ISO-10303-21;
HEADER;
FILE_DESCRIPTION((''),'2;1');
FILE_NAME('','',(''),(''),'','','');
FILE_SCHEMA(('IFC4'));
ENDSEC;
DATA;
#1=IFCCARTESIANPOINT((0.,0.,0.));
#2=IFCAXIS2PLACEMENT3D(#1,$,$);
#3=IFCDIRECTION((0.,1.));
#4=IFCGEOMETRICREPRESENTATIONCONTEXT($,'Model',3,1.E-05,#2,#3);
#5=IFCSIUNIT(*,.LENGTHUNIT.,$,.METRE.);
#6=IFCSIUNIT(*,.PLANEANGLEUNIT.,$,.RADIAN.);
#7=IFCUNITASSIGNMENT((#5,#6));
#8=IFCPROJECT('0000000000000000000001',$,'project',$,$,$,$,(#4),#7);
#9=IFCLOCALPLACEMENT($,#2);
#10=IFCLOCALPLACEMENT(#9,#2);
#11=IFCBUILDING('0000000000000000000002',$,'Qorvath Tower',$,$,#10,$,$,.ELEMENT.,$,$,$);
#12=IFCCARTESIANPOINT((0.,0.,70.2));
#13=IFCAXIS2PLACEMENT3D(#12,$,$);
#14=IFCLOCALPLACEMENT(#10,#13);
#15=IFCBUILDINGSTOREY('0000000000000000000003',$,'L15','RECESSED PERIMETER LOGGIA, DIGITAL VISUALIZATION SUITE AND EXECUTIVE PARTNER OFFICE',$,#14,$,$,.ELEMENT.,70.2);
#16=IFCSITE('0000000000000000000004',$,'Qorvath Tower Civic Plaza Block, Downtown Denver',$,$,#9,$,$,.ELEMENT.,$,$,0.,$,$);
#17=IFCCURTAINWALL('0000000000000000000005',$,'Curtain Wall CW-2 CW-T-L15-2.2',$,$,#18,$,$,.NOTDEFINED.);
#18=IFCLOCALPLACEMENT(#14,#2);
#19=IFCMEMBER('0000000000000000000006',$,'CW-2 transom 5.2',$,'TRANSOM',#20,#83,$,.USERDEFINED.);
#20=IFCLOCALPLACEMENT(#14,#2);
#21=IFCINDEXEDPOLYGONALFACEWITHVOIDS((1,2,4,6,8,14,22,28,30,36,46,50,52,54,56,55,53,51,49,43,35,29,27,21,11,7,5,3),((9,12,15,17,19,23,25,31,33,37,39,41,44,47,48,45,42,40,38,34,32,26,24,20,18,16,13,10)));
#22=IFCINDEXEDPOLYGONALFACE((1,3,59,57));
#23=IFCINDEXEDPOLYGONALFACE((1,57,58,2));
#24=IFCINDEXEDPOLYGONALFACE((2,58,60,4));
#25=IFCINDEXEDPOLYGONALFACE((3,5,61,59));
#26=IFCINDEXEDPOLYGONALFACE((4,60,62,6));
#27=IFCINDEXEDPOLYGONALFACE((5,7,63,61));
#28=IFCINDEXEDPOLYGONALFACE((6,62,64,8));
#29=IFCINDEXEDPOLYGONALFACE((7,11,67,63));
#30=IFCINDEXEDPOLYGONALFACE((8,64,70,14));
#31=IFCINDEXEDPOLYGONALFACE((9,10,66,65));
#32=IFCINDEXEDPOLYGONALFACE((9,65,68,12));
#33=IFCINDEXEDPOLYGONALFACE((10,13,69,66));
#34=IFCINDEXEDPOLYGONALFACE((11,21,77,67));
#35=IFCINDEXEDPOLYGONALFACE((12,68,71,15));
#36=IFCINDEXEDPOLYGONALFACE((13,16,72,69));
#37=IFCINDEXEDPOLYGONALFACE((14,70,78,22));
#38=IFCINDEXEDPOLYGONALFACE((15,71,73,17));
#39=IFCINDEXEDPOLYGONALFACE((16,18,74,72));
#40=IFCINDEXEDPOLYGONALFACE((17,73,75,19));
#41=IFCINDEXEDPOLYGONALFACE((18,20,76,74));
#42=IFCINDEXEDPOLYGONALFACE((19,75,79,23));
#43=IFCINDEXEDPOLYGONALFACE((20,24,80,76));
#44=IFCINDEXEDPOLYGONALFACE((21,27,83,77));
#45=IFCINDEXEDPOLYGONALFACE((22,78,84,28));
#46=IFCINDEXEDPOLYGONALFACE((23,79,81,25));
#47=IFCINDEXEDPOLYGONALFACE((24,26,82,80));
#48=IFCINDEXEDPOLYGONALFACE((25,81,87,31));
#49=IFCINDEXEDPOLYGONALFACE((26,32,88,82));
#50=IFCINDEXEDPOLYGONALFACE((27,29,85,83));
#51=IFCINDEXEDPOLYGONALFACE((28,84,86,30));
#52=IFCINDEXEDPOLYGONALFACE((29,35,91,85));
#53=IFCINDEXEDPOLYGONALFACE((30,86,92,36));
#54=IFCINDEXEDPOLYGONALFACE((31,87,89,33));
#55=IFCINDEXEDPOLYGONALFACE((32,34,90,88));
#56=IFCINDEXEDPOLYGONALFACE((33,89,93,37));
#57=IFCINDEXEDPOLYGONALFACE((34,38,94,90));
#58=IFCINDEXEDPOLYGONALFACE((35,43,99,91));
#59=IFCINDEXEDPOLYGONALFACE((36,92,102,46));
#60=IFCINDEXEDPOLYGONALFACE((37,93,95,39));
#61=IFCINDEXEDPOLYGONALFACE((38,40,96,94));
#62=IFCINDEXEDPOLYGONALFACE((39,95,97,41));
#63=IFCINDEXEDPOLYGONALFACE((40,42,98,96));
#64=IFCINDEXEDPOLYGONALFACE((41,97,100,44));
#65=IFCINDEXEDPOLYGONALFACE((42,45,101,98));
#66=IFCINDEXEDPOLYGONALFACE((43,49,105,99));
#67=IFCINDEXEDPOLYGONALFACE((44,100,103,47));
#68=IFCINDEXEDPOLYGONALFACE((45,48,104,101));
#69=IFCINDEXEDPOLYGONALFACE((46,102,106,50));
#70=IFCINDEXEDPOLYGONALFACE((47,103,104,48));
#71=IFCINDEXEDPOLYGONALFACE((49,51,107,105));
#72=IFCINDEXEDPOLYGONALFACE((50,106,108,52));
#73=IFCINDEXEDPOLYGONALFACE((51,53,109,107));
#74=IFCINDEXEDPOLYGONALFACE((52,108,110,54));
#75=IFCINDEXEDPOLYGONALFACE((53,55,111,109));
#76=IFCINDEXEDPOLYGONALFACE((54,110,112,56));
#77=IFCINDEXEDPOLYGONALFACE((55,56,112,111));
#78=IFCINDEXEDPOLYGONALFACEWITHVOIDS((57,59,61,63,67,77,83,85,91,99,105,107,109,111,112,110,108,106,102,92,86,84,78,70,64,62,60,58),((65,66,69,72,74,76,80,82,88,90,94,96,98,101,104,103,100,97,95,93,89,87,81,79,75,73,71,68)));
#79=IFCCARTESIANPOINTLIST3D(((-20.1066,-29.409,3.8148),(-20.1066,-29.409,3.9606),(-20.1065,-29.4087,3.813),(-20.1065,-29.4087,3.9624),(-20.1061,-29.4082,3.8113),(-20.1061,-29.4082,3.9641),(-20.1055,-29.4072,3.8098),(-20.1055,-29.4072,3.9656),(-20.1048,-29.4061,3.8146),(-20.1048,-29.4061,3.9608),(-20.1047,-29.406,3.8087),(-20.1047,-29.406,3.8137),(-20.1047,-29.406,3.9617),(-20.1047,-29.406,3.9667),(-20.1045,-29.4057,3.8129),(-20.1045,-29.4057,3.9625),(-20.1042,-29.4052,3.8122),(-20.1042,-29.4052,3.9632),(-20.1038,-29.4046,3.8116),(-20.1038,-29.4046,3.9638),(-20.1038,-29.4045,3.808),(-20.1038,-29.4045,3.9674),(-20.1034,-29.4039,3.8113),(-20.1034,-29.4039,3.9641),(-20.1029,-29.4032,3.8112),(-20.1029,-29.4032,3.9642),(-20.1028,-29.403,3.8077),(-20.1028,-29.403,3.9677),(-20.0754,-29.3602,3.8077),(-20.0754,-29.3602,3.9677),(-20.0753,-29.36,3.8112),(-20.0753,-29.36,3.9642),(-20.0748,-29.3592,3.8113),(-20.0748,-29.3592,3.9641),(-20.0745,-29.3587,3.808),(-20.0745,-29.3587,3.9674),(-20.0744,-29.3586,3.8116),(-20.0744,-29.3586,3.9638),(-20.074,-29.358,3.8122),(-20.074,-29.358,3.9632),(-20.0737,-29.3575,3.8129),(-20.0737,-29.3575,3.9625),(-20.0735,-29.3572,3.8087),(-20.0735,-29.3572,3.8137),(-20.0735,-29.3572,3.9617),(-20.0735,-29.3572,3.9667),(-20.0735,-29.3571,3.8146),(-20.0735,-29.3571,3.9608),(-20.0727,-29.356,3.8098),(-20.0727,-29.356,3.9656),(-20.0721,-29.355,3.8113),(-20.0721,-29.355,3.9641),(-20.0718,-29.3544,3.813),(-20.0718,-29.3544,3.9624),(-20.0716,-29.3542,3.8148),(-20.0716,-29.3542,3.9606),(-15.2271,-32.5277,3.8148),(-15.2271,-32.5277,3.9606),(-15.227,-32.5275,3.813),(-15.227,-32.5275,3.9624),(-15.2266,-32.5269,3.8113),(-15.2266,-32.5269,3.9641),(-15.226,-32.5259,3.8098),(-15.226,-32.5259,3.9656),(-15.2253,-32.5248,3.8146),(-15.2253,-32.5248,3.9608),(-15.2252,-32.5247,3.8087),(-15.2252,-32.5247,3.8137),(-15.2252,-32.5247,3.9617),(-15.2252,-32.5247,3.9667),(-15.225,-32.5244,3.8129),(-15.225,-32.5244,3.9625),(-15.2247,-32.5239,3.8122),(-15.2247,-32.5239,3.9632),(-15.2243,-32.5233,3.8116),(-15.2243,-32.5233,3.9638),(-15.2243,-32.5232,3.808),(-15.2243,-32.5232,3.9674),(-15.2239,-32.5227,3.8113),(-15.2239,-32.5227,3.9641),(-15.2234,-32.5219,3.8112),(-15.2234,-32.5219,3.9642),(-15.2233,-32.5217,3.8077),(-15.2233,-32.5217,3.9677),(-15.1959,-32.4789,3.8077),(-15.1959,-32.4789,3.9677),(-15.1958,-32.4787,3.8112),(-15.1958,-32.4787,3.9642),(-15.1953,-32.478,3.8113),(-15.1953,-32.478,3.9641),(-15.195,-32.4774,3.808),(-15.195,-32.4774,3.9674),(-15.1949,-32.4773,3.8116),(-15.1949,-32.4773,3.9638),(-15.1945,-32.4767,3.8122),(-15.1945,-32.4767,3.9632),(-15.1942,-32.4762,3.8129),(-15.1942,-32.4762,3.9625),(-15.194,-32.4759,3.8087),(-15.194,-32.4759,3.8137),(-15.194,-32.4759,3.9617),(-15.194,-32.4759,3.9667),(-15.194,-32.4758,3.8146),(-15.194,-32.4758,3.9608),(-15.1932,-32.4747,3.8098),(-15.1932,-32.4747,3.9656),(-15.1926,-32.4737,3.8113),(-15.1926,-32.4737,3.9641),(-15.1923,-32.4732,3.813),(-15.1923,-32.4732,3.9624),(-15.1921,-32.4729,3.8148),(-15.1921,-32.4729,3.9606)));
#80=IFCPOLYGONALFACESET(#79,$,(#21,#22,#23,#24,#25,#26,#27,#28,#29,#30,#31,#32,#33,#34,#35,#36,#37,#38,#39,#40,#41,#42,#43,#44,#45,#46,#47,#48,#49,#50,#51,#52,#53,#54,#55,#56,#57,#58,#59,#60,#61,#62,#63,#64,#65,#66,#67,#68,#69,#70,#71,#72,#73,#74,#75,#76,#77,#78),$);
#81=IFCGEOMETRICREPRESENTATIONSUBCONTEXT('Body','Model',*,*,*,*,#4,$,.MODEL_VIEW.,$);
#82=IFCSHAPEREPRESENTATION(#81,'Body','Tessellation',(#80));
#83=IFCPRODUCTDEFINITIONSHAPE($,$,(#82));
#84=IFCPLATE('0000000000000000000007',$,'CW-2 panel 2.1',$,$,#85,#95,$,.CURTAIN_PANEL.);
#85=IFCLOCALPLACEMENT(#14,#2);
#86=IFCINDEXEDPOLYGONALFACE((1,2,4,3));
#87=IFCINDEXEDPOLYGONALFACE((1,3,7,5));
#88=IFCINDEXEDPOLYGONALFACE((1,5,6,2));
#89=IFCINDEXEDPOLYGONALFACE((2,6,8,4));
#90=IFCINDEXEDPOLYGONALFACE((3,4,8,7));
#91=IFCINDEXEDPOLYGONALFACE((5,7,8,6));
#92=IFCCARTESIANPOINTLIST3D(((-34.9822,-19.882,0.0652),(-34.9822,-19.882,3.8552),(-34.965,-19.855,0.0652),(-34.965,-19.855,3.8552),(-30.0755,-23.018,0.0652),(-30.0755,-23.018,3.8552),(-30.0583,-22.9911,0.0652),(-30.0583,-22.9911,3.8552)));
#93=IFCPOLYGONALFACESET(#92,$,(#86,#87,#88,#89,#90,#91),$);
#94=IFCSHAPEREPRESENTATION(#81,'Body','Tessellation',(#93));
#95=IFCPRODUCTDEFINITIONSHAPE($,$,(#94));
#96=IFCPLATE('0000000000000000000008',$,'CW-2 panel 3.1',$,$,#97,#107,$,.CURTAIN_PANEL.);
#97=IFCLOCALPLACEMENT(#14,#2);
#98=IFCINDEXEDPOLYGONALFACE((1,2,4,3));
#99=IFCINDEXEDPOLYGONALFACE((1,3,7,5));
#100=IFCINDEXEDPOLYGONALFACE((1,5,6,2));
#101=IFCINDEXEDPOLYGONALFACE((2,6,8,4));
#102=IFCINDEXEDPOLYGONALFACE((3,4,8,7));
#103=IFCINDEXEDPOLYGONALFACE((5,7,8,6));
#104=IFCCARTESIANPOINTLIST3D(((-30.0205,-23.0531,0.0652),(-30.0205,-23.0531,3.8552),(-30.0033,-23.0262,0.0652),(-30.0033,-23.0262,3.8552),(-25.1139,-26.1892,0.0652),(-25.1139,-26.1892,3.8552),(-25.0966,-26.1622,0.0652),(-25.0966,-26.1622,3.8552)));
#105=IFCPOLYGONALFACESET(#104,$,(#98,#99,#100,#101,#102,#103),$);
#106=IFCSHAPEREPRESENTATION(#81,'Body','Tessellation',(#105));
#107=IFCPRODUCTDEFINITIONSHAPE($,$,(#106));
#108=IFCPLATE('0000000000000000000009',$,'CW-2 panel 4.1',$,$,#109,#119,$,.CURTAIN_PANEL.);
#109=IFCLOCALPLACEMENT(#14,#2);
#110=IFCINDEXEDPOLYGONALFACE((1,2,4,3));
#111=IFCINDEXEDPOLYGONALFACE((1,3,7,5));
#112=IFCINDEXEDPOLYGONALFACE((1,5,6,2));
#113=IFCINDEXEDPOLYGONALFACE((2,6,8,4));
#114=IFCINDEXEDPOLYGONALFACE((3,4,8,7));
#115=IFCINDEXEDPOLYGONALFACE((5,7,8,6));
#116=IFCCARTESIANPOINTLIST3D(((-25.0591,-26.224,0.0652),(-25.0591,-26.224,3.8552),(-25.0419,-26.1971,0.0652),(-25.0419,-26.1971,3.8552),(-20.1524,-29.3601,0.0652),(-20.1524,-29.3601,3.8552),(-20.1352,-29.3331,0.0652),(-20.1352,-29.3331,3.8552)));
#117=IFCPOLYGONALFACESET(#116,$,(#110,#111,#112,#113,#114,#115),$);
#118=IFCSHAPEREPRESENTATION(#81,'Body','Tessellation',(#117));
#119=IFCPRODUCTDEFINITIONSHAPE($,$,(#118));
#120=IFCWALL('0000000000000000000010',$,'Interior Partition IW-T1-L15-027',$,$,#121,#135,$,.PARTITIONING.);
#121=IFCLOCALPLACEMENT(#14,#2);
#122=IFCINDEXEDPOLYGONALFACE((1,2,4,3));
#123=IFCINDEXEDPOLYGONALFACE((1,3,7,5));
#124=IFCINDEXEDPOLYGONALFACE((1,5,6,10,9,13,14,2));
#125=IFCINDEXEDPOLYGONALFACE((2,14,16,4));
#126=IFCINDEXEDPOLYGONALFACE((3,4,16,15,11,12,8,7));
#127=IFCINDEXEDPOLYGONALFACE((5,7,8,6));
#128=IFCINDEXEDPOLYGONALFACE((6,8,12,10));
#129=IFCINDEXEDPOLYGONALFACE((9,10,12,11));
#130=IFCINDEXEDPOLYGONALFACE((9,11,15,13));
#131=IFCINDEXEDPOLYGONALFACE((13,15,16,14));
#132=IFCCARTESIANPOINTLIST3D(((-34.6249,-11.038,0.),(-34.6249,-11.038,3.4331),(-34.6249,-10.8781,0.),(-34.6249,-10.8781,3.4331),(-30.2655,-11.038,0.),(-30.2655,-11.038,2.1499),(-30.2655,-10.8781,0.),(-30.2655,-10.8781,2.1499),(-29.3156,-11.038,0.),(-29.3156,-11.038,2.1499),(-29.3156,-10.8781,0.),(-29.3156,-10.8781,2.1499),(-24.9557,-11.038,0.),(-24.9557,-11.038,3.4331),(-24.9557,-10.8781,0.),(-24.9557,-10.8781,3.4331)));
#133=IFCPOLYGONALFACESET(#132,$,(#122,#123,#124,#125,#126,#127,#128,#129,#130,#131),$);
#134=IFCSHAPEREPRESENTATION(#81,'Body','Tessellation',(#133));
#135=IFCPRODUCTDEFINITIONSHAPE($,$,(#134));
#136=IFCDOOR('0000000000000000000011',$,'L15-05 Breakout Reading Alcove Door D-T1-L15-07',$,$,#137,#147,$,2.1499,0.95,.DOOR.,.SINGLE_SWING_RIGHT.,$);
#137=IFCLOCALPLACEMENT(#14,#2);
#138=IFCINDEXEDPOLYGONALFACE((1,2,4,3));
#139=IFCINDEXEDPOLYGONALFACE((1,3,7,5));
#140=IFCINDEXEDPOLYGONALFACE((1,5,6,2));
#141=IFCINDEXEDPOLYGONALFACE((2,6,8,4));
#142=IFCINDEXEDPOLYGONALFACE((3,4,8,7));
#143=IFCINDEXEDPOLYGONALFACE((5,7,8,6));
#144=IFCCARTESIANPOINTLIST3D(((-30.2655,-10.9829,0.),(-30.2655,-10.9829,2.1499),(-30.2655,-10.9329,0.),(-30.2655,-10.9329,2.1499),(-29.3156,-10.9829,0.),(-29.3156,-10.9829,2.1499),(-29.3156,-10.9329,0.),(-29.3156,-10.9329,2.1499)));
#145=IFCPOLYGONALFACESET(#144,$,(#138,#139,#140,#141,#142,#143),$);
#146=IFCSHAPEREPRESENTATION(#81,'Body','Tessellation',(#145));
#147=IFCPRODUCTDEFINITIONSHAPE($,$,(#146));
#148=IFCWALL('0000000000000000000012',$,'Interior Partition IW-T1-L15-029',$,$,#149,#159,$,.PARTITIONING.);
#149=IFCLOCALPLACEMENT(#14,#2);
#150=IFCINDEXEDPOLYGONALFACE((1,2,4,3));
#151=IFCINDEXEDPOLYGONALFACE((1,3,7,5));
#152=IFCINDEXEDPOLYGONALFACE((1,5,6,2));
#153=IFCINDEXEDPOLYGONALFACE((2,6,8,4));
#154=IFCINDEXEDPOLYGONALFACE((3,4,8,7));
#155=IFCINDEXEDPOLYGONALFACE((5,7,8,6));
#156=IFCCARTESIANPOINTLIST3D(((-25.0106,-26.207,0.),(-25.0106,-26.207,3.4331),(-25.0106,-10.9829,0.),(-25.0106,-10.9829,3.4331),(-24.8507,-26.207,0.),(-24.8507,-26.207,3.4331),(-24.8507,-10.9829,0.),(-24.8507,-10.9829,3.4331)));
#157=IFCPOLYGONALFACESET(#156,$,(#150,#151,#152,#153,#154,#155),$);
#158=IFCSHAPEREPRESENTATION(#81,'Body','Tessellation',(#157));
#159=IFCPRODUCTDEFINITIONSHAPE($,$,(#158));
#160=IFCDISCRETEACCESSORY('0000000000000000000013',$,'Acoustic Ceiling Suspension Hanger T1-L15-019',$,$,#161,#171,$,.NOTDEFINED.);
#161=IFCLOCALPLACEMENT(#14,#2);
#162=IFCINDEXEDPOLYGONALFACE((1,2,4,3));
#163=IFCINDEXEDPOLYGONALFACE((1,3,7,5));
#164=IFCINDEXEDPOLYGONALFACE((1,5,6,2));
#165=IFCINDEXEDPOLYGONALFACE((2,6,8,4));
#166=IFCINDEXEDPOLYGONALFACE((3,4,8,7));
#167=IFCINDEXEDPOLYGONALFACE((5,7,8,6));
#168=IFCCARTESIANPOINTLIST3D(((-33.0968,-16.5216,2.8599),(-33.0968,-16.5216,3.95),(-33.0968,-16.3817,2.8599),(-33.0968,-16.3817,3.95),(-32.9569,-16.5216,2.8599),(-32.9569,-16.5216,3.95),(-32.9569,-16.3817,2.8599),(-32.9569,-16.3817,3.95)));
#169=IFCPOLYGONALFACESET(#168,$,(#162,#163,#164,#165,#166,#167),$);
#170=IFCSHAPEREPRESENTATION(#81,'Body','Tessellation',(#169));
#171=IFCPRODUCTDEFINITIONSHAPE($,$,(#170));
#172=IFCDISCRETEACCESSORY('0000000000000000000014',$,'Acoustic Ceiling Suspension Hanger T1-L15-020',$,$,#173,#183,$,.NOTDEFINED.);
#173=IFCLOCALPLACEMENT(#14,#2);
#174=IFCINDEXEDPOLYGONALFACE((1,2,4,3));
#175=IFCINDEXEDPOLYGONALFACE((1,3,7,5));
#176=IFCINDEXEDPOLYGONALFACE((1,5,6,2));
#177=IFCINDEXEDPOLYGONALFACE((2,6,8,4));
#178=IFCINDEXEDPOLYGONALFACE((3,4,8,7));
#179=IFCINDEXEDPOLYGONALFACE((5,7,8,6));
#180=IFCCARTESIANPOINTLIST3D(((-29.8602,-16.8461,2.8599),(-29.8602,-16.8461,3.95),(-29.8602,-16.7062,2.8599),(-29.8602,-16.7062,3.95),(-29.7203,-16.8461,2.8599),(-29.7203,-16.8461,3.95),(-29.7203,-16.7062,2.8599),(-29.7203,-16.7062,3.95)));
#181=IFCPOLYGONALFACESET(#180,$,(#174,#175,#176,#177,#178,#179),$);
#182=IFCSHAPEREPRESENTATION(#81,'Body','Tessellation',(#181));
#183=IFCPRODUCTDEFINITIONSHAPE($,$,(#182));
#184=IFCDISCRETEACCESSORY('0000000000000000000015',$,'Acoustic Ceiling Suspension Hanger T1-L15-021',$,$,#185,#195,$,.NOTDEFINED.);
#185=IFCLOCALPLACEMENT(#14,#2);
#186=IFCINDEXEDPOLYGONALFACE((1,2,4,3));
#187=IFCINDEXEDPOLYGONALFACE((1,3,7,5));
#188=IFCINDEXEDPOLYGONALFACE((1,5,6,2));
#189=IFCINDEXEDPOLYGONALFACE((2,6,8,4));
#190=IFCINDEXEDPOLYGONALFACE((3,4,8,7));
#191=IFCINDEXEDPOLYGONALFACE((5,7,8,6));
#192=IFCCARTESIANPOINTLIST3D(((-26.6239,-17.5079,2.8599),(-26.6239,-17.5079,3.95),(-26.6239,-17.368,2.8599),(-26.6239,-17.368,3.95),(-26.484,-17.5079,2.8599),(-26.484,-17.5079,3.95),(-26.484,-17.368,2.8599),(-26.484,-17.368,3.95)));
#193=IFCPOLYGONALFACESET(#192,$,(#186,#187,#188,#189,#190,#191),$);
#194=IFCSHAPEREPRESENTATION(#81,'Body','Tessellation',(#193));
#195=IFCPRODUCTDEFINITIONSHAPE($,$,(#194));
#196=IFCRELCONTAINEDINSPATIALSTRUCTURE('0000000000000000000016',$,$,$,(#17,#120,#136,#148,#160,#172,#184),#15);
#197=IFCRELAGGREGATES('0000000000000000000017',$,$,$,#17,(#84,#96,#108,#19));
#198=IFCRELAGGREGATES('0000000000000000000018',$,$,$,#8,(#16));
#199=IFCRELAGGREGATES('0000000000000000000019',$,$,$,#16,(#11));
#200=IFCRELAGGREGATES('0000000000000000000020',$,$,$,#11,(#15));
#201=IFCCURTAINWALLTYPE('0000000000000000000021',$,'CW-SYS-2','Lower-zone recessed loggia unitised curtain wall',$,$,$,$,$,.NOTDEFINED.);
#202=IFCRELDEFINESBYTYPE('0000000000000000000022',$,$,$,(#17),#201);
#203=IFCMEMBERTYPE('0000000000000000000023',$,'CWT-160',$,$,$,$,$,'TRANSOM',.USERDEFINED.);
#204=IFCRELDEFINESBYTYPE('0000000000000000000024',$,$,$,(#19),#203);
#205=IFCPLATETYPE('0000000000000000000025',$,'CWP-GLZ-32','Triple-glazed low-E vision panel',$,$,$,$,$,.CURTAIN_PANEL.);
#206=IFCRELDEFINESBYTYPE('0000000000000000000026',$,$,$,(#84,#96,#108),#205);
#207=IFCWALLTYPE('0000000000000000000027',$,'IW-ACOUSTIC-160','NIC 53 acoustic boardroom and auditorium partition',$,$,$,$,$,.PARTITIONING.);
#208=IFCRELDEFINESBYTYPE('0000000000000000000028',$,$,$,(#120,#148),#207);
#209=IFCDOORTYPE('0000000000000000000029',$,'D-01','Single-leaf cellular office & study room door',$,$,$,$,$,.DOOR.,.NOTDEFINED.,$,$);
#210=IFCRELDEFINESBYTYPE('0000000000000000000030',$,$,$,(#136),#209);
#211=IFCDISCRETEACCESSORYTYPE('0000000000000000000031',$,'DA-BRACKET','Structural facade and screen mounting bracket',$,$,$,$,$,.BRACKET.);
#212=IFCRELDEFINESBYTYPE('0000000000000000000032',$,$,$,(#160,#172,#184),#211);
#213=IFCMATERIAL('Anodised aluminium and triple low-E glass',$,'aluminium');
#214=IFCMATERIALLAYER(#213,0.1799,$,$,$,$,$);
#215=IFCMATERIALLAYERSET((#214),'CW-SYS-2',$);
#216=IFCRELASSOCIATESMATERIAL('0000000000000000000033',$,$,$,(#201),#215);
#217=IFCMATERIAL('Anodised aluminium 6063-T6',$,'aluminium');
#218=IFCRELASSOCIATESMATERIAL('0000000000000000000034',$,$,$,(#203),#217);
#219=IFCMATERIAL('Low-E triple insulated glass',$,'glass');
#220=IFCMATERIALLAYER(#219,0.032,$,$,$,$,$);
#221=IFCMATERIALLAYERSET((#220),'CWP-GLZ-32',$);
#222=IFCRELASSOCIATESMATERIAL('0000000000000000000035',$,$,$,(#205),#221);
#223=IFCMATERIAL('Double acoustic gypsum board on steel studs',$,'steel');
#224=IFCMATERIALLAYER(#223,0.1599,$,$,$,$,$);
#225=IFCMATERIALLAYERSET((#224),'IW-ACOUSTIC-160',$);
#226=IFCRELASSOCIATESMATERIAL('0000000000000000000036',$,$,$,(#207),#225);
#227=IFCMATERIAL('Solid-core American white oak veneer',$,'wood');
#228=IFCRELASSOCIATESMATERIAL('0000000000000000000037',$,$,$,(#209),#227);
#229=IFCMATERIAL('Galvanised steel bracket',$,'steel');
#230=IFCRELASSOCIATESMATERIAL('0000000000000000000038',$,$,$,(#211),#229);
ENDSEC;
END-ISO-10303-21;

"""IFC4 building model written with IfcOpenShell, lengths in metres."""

from ifc_helpers import new_model, si_unit, direction, frame, frame_2d, origin, origin_2d, place, context, subcontext, project, spatial, rectangle, hollow_rectangle, extrude, material, layer, layer_set, material_profile, profile_set, type_object, element, fill, aggregate, save


model = new_model("IFC4")

# Units and contexts
model_context = context("Model", 3, precision=1e-05, world=origin(), true_north=direction((0.0, 1.0)))
body_context = subcontext(model_context, "Body", "Model", "MODEL_VIEW")
ifc_project = project(units=[si_unit("LENGTHUNIT", "METRE"), si_unit("PLANEANGLEUNIT", "RADIAN")], contexts=[model_context])

# Site, building, storey
site_placement = place(None, origin())
site = spatial("IfcSite", under=ifc_project, at=site_placement, Name="Qorvath Tower Civic Plaza Block, Downtown Denver", CompositionType="ELEMENT", RefElevation=0.0)
building_placement = place(site_placement, origin())
building = spatial("IfcBuilding", under=site, at=building_placement, Name="Qorvath Tower", CompositionType="ELEMENT")
storey_placement = place(building_placement, frame((0.0, 0.0, 70.2)))
storey = spatial("IfcBuildingStorey", under=building, at=storey_placement, Name="L15", Description="RECESSED PERIMETER LOGGIA, DIGITAL VISUALIZATION SUITE AND EXECUTIVE PARTNER OFFICE", CompositionType="ELEMENT", Elevation=70.2)

# Curtain wall, member, plates
ifc_material_1 = material(Name="Anodised aluminium and triple low-E glass", Category="aluminium")
ifc_layer_1 = layer(ifc_material_1, 0.1799)
ifc_layer_set_1 = layer_set([ifc_layer_1], Name="CW-SYS-2")
curtain_wall_type = type_object("IfcCurtainWallType", Name="CW-SYS-2", Description="Lower-zone recessed loggia unitised curtain wall", PredefinedType="NOTDEFINED", material=ifc_layer_set_1)
curtain_wall_placement = place(storey_placement, origin())
curtain_wall = element("IfcCurtainWall", 1, at=curtain_wall_placement, inside=storey, type_object=curtain_wall_type, Name="Curtain Wall CW-2 CW-T-L15-2.2", PredefinedType="NOTDEFINED")
ifc_material_2 = material(Name="Anodised aluminium 6063-T6", Category="aluminium")
ifc_material_profile_1 = material_profile(ifc_material_2, hollow_rectangle(XDim=0.0649, YDim=0.1599, WallThickness=0.0034, InnerFilletRadius=0.0034, OuterFilletRadius=0.0071, at=origin_2d()), Name="CWT 160x65")
ifc_profile_set_1 = profile_set([ifc_material_profile_1], Name="Anodised aluminium 6063-T6")
member_type_1 = type_object("IfcMemberType", Name="CWT-160", ElementType="TRANSOM", PredefinedType="USERDEFINED", material=ifc_profile_set_1)
member_1_placement = place(storey_placement, frame((-20.0891, -29.3816, 3.8877), z_axis=(0.842597, -0.538544, 0.0), x_axis=(0.538544, 0.842597, 0.0)))
member_1 = element("IfcMember", 2, at=member_1_placement, type_object=member_type_1, Name="CW-2 transom 5.2", ObjectType="TRANSOM", PredefinedType="USERDEFINED", context=body_context, shape_type="SweptSolid", body=[
    extrude(hollow_rectangle(XDim=0.0649, YDim=0.1599, WallThickness=0.0034, InnerFilletRadius=0.0034, OuterFilletRadius=0.0071, at=origin_2d()), origin(), (0.0, 0.0, 1.0), 5.791),
])
ifc_material_3 = material(Name="Low-E triple insulated glass", Category="glass")
ifc_layer_2 = layer(ifc_material_3, 0.032)
ifc_layer_set_2 = layer_set([ifc_layer_2], Name="CWP-GLZ-32")
plate_type = type_object("IfcPlateType", Name="CWP-GLZ-32", Description="Triple-glazed low-E vision panel", PredefinedType="CURTAIN_PANEL", material=ifc_layer_set_2)
plate_1_placement = place(storey_placement, frame((-32.5203, -21.4365, 0.0652), z_axis=(0.0, 0.0, 1.0), x_axis=(0.842602, -0.538537, 0.0)))
plate_1 = element("IfcPlate", 3, at=plate_1_placement, type_object=plate_type, Name="CW-2 panel 2.1", PredefinedType="CURTAIN_PANEL", context=body_context, shape_type="SweptSolid", body=[
    extrude(rectangle(XDim=5.8232, YDim=0.032, at=origin_2d()), origin(), (0.0, 0.0, 1.0), 3.79),
])
plate_2_placement = place(storey_placement, frame((-27.5586, -24.6077, 0.0652), z_axis=(0.0, 0.0, 1.0), x_axis=(0.842602, -0.538537, 0.0)))
plate_2 = element("IfcPlate", 4, at=plate_2_placement, type_object=plate_type, Name="CW-2 panel 3.1", PredefinedType="CURTAIN_PANEL", context=body_context, shape_type="SweptSolid", body=[
    extrude(rectangle(XDim=5.8232, YDim=0.032, at=origin_2d()), origin(), (0.0, 0.0, 1.0), 3.79),
])
plate_3_placement = place(storey_placement, frame((-22.5972, -27.7786, 0.0652), z_axis=(0.0, 0.0, 1.0), x_axis=(0.842602, -0.538537, 0.0)))
plate_3 = element("IfcPlate", 5, at=plate_3_placement, type_object=plate_type, Name="CW-2 panel 4.1", PredefinedType="CURTAIN_PANEL", context=body_context, shape_type="SweptSolid", body=[
    extrude(rectangle(XDim=5.8232, YDim=0.032, at=origin_2d()), origin(), (0.0, 0.0, 1.0), 3.79),
])
aggregate(curtain_wall, [plate_1, plate_2, plate_3, member_1])

# Wall, opening, door
ifc_material_4 = material(Name="Double acoustic gypsum board on steel studs", Category="steel")
ifc_layer_3 = layer(ifc_material_4, 0.1599)
ifc_layer_set_3 = layer_set([ifc_layer_3], Name="IW-ACOUSTIC-160")
wall_type = type_object("IfcWallType", Name="IW-ACOUSTIC-160", Description="NIC 53 acoustic boardroom and auditorium partition", PredefinedType="PARTITIONING", material=ifc_layer_set_3)
wall_1_placement = place(storey_placement, frame((-24.9558, -10.958, 0.0), z_axis=(0.0, 0.0, 1.0), x_axis=(-1.0, 0.0, 0.0)))
wall_1 = element("IfcWall", 6, at=wall_1_placement, inside=storey, type_object=wall_type, Name="Interior Partition IW-T1-L15-027", PredefinedType="PARTITIONING", context=body_context, shape_type="SweptSolid", body=[
    extrude(rectangle(XDim=9.6692, YDim=0.1599, at=frame_2d((4.8345, 0.0))), origin(), (0.0, 0.0, 1.0), 3.4331),
])
opening_placement = place(wall_1_placement, frame((4.3596, 0.0, 0.0)))
opening = element("IfcOpeningElement", 7, at=opening_placement, cuts=wall_1, PredefinedType="OPENING", context=body_context, shape_type="SweptSolid", body=[
    extrude(rectangle(XDim=0.95, YDim=2.1499, at=frame_2d((0.4751, 1.075))), frame((0.0, 0.0898, 0.0), z_axis=(0.0, -1.0, 0.0), x_axis=(1.0, 0.0, 0.0)), (0.0, 0.0, 1.0), 0.1799),
])
ifc_material_5 = material(Name="Solid-core American white oak veneer", Category="wood")
door_type = type_object("IfcDoorType", Name="D-01", Description="Single-leaf cellular office & study room door", OperationType="NOTDEFINED", PredefinedType="DOOR", material=ifc_material_5)
door_placement = place(opening_placement, origin())
door = element("IfcDoor", 8, at=door_placement, inside=storey, type_object=door_type, Name="L15-05 Breakout Reading Alcove Door D-T1-L15-07", OperationType="SINGLE_SWING_RIGHT", OverallHeight=2.1499, OverallWidth=0.95, PredefinedType="DOOR", context=body_context, shape_type="SweptSolid", body=[
    extrude(rectangle(XDim=0.95, YDim=2.1499, at=frame_2d((0.4751, 1.075))), frame((0.0, 0.0249, 0.0), z_axis=(0.0, -1.0, 0.0), x_axis=(1.0, 0.0, 0.0)), (0.0, 0.0, 1.0), 0.05),
])
fill(opening, door)

# Wall
wall_2_placement = place(storey_placement, frame((-24.9307, -26.207, 0.0), z_axis=(0.0, 0.0, 1.0), x_axis=(0.0, 1.0, 0.0)))
element("IfcWall", 9, at=wall_2_placement, inside=storey, type_object=wall_type, Name="Interior Partition IW-T1-L15-029", PredefinedType="PARTITIONING", context=body_context, shape_type="SweptSolid", body=[
    extrude(rectangle(XDim=15.2241, YDim=0.1599, at=frame_2d((7.6121, 0.0))), origin(), (0.0, 0.0, 1.0), 3.4331),
])

# Discrete accessories
ifc_material_6 = material(Name="Galvanised steel bracket", Category="steel")
discrete_accessory_type = type_object("IfcDiscreteAccessoryType", Name="DA-BRACKET", Description="Structural facade and screen mounting bracket", PredefinedType="BRACKET", material=ifc_material_6)
for number, where, z_axis, x_axis, name in (
    (10, (-33.0269, -16.4517, 2.8599), (0.0, 0.0, 1.0), (1.0, 0.0, 0.0), "Acoustic Ceiling Suspension Hanger T1-L15-019"),
    (11, (-29.7903, -16.7761, 2.8599), (0.0, 0.0, 1.0), (1.0, 0.0, 0.0), "Acoustic Ceiling Suspension Hanger T1-L15-020"),
    (12, (-26.554, -17.438, 2.8599), (0.0, 0.0, 1.0), (1.0, 0.0, 0.0), "Acoustic Ceiling Suspension Hanger T1-L15-021"),
):
    element("IfcDiscreteAccessory", number, at=place(storey_placement, frame(where, z_axis=z_axis, x_axis=x_axis)), inside=storey, type_object=discrete_accessory_type, Name=name, PredefinedType="NOTDEFINED", context=body_context, shape_type="SweptSolid", body=[
        extrude(rectangle(XDim=0.1399, YDim=0.1399, at=origin_2d()), origin(), (0.0, 0.0, 1.0), 1.0901),
    ])

save(model, "model.ifc")
